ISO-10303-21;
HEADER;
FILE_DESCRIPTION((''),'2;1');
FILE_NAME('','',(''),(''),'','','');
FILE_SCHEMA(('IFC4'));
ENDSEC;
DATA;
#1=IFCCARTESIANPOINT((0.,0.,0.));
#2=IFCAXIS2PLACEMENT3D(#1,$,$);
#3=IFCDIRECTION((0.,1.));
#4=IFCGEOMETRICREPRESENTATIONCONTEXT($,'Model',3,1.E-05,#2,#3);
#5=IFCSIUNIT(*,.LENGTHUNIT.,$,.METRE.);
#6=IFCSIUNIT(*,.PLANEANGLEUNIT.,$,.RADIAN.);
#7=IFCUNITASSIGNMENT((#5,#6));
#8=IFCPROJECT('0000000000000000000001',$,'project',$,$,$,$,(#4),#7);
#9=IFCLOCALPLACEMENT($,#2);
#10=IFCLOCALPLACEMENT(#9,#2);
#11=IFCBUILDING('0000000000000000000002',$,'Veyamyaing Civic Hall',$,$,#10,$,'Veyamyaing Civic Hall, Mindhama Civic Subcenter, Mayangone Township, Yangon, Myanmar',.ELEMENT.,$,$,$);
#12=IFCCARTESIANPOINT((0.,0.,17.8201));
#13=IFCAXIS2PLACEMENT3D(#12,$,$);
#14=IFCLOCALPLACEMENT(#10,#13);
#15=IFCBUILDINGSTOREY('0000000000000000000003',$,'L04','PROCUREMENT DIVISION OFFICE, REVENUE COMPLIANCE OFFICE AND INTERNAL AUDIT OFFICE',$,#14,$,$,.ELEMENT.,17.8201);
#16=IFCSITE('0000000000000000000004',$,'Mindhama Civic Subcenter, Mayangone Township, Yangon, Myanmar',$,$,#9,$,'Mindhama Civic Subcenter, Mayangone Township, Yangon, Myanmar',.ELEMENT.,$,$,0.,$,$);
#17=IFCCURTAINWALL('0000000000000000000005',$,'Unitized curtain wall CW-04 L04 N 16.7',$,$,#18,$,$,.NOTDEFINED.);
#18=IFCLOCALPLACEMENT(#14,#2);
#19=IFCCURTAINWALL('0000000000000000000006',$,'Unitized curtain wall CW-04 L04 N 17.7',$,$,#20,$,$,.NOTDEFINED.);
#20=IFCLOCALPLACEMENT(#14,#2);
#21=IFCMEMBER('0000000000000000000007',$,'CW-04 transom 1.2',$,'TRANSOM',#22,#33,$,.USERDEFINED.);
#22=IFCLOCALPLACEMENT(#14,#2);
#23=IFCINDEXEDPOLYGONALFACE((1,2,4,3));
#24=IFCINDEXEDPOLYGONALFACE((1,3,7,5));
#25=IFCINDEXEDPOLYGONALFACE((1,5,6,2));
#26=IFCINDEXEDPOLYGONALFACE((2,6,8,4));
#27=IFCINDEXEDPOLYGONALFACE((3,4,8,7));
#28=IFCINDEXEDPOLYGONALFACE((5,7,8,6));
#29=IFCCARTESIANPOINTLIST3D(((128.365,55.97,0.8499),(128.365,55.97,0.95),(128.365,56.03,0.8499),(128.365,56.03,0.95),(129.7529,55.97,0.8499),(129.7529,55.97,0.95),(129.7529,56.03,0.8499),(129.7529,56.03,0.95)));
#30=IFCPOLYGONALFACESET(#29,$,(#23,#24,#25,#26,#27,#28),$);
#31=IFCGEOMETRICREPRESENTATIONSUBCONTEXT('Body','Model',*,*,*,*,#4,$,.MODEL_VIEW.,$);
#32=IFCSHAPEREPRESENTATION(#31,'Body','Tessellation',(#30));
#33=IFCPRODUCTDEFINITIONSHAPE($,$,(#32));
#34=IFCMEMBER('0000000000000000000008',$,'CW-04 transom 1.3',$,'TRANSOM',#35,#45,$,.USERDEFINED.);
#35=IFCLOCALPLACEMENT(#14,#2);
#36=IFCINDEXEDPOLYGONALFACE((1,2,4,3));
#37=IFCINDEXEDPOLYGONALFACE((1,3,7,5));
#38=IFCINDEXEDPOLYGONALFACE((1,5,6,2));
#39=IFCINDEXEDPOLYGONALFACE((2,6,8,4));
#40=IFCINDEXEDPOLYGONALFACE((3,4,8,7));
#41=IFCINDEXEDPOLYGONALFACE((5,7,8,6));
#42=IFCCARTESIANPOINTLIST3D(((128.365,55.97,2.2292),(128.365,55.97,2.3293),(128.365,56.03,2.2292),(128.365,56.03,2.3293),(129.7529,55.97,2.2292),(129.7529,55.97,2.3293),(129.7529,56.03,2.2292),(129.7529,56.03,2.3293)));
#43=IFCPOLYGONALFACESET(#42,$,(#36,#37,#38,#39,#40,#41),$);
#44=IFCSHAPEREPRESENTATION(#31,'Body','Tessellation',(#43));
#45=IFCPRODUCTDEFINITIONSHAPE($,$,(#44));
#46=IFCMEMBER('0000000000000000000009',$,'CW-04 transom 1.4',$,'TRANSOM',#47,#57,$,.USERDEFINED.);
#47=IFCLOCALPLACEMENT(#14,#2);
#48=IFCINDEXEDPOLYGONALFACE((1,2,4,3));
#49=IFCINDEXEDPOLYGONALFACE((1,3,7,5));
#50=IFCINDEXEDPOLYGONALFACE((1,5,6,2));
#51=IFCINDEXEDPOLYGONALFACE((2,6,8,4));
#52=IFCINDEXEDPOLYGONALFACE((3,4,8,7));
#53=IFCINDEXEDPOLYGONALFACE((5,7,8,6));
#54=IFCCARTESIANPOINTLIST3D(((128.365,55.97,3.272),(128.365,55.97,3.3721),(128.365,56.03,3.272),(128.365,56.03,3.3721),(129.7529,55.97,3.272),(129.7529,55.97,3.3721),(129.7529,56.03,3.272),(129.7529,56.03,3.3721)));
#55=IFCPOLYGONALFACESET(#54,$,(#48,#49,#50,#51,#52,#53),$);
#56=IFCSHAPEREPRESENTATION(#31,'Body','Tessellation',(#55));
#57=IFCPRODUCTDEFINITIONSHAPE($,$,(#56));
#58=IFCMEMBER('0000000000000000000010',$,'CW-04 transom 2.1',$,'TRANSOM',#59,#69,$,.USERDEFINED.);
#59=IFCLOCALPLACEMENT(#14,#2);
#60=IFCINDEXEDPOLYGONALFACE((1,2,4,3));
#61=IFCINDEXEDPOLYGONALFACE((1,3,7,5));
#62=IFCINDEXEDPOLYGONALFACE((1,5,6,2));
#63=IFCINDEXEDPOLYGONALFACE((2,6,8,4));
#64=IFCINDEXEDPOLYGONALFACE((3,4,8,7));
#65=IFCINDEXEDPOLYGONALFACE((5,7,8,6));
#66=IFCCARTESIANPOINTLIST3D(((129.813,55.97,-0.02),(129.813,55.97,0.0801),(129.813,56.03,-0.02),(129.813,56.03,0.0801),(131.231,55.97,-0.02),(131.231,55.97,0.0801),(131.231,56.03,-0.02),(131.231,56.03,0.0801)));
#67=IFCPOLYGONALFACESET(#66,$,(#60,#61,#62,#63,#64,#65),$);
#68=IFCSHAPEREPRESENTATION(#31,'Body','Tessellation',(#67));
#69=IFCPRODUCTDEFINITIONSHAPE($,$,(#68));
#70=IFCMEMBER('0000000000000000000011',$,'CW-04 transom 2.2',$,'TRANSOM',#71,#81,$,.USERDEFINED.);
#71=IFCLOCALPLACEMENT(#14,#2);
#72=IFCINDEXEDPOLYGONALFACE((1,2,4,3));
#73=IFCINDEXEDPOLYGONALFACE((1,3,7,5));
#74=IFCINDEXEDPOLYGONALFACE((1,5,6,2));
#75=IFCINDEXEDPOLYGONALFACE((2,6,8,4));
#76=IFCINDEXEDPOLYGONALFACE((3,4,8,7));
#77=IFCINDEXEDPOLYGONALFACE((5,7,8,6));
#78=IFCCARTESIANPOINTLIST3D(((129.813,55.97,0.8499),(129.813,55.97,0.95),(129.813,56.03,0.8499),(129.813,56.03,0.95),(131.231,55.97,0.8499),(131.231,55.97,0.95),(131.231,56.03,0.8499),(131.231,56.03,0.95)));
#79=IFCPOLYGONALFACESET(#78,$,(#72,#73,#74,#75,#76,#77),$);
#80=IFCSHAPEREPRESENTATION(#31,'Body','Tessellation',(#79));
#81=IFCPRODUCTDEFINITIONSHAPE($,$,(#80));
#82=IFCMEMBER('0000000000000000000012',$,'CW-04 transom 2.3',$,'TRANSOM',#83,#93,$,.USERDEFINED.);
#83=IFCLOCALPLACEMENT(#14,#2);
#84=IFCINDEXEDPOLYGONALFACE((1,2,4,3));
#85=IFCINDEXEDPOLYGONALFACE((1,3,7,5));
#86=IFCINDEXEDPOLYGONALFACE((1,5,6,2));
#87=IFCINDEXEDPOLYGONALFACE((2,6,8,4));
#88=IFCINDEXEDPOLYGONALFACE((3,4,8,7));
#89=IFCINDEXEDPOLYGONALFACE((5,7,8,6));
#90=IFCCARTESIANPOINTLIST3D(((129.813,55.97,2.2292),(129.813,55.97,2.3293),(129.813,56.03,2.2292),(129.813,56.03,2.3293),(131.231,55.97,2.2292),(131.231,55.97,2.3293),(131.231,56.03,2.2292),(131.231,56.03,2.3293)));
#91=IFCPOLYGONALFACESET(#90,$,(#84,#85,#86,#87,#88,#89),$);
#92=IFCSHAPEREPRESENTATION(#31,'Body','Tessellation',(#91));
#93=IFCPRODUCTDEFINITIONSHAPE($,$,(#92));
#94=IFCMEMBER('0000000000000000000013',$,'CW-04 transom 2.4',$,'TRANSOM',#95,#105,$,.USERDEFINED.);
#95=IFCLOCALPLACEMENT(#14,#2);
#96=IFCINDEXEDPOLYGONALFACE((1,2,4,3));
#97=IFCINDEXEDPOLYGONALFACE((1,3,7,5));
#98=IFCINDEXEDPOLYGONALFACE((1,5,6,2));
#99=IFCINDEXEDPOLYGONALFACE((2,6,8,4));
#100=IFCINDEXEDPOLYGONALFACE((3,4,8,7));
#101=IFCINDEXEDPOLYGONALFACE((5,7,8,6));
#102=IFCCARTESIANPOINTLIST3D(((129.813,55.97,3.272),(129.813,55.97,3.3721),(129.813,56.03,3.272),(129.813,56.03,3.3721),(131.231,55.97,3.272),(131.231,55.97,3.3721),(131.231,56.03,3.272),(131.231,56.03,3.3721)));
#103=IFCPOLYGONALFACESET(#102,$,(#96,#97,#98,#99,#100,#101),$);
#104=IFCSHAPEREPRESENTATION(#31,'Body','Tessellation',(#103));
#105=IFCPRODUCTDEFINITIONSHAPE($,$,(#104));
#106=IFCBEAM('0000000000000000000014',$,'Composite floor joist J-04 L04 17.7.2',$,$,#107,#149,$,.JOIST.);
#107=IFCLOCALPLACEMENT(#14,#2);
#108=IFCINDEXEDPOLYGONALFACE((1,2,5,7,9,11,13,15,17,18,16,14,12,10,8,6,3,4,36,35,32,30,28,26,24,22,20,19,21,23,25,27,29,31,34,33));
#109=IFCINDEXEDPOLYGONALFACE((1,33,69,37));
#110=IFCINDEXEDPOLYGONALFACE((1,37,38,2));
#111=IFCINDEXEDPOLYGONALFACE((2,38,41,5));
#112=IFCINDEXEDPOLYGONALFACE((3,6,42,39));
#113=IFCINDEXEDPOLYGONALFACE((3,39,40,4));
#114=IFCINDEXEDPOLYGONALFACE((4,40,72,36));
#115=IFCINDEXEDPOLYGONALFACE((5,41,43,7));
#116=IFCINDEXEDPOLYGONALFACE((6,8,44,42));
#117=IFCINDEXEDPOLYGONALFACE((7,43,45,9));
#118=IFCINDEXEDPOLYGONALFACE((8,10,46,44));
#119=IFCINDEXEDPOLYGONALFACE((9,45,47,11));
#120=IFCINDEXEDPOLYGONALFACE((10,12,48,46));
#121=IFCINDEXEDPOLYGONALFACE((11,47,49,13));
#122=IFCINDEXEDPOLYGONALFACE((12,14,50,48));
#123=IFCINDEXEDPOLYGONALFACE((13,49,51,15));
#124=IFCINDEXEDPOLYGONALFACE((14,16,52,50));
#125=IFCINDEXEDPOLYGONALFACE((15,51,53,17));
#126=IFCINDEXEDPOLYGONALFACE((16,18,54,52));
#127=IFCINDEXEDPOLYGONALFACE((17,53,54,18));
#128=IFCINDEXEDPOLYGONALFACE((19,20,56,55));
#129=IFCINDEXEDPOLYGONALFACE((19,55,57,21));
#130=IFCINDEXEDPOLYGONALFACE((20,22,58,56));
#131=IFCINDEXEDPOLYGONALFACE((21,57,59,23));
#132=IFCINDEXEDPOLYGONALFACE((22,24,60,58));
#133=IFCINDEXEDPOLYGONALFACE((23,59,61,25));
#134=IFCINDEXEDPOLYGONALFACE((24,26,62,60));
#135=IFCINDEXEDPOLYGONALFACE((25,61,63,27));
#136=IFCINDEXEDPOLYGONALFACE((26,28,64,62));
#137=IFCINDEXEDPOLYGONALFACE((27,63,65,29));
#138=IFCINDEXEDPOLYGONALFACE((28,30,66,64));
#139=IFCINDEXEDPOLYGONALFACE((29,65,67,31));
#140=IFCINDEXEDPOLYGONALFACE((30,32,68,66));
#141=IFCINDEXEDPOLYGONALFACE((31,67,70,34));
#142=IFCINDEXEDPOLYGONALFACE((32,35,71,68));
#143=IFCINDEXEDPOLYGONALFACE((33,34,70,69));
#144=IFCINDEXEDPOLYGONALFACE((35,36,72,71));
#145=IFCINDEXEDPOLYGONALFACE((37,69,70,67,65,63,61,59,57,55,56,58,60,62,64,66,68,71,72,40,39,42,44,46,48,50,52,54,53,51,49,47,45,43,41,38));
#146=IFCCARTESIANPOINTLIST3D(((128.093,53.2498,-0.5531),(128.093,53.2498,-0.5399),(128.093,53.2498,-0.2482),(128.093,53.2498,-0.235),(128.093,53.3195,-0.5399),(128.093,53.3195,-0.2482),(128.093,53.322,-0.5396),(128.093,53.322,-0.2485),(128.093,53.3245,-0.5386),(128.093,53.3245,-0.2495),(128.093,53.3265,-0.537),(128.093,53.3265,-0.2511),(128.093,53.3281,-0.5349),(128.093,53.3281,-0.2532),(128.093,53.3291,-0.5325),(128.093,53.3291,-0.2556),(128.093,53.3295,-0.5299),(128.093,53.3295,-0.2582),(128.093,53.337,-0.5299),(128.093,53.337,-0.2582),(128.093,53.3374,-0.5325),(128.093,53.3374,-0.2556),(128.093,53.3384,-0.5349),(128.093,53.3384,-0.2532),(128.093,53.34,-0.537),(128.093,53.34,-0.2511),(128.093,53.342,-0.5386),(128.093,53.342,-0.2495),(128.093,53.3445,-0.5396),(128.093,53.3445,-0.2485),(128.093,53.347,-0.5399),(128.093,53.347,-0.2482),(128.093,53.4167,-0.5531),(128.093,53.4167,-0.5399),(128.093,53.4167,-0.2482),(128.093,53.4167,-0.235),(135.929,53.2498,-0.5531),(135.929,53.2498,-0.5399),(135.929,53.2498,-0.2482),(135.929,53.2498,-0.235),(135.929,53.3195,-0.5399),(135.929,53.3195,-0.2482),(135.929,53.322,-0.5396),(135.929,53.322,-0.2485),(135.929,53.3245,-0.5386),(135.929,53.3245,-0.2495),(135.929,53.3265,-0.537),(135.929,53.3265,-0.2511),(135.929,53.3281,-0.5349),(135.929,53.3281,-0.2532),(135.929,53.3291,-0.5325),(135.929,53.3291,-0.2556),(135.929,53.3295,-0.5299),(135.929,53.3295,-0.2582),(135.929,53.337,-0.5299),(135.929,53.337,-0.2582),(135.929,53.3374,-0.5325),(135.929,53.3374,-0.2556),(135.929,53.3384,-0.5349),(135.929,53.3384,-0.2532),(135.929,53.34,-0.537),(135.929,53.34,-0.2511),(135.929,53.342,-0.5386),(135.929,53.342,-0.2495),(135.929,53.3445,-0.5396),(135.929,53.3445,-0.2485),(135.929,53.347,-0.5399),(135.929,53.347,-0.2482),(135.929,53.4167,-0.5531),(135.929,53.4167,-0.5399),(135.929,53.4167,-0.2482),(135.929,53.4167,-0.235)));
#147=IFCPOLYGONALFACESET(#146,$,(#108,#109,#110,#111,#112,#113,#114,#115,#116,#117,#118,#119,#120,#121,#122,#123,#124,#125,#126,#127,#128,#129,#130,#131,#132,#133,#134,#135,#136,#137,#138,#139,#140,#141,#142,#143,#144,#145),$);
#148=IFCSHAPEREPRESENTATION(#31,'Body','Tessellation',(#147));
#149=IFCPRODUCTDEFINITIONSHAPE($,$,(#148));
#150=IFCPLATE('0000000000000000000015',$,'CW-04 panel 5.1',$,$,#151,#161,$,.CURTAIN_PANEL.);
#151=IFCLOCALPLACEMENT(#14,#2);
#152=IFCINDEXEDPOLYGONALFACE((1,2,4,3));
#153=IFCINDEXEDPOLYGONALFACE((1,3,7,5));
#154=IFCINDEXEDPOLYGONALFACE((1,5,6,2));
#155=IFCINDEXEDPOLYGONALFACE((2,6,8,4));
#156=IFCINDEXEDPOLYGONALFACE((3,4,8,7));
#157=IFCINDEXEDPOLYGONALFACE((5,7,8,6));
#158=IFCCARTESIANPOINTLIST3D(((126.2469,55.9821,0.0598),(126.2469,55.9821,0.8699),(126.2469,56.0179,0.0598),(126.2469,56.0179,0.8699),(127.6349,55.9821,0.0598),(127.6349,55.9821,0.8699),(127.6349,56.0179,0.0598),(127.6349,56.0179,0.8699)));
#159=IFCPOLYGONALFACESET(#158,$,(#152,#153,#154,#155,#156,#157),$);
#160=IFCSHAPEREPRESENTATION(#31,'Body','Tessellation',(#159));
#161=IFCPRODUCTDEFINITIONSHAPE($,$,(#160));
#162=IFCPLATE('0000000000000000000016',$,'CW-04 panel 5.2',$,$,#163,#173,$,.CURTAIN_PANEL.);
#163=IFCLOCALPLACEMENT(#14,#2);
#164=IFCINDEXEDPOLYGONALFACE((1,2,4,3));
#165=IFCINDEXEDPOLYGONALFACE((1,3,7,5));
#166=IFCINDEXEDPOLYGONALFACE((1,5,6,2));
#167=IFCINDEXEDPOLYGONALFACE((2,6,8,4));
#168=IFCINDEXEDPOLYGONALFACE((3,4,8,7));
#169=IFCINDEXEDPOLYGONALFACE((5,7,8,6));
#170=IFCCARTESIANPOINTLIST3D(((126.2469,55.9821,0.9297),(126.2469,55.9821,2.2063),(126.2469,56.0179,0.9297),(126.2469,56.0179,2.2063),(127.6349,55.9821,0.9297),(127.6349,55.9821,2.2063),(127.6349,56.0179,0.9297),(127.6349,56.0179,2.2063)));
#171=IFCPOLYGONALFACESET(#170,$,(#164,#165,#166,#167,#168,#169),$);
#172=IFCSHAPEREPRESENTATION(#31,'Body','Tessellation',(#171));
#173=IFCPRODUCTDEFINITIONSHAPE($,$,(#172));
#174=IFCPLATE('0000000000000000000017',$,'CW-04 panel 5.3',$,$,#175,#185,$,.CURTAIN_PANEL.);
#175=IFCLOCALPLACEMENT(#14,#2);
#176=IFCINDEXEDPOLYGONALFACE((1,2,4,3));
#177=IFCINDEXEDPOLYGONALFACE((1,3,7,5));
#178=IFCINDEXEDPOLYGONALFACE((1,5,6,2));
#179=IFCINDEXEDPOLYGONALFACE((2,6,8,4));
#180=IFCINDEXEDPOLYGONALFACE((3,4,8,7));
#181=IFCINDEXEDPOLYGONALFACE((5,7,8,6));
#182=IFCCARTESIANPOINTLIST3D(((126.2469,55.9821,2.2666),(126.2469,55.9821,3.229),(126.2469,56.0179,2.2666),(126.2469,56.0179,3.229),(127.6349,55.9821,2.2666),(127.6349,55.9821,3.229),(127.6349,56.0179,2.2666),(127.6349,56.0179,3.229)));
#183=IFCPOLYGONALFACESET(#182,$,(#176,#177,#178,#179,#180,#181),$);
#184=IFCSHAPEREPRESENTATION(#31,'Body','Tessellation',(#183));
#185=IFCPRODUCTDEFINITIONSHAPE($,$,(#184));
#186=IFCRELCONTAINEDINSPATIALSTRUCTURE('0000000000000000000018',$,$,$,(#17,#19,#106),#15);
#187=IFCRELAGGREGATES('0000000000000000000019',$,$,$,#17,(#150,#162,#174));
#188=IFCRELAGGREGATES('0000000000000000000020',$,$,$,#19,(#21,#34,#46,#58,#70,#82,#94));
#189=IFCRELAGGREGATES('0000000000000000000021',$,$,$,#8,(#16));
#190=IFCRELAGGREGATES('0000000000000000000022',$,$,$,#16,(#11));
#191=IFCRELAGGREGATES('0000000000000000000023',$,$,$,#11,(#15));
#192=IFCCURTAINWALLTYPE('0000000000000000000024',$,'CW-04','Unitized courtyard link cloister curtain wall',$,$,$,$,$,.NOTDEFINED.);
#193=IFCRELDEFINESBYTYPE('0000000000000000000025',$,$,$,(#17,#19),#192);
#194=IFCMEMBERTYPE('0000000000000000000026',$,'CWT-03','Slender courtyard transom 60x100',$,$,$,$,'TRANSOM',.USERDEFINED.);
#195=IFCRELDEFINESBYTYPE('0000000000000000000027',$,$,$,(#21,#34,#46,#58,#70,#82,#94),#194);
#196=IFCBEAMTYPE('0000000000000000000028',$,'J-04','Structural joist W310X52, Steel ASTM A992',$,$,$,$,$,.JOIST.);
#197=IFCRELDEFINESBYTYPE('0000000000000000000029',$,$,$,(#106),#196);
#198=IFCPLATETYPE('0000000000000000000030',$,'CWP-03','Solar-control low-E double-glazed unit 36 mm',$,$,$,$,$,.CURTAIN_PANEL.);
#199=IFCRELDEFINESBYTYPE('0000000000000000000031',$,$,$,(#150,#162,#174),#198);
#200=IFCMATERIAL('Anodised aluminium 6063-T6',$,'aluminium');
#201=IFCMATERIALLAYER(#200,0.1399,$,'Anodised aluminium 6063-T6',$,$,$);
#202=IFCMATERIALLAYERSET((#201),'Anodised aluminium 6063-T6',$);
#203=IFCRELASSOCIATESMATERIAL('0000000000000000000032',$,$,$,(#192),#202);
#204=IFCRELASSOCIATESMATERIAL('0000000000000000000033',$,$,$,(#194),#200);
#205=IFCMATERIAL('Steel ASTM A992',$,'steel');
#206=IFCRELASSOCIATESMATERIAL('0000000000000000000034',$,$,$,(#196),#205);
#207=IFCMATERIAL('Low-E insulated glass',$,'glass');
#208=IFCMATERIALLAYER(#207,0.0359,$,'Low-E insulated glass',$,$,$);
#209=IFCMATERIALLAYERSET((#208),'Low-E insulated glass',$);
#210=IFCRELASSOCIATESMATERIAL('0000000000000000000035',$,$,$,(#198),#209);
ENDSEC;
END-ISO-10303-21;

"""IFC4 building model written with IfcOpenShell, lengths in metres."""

from ifc_helpers import new_model, si_unit, direction, frame, origin, origin_2d, place, context, subcontext, project, spatial, rectangle, i_section, extrude, material, layer, layer_set, material_profile, profile_set, type_object, element, aggregate, save


model = new_model("IFC4")

# Units and contexts
model_context = context("Model", 3, precision=1e-05, world=origin(), true_north=direction((0.0, 1.0)))
body_context = subcontext(model_context, "Body", "Model", "MODEL_VIEW")
ifc_project = project(units=[si_unit("LENGTHUNIT", "METRE"), si_unit("PLANEANGLEUNIT", "RADIAN")], contexts=[model_context])

# Site, building, storey
site_placement = place(None, origin())
site = spatial("IfcSite", under=ifc_project, at=site_placement, Name="Mindhama Civic Subcenter, Mayangone Township, Yangon, Myanmar", LongName="Mindhama Civic Subcenter, Mayangone Township, Yangon, Myanmar", CompositionType="ELEMENT", RefElevation=0.0)
building_placement = place(site_placement, origin())
building = spatial("IfcBuilding", under=site, at=building_placement, Name="Veyamyaing Civic Hall", LongName="Veyamyaing Civic Hall, Mindhama Civic Subcenter, Mayangone Township, Yangon, Myanmar", CompositionType="ELEMENT")
storey_placement = place(building_placement, frame((0.0, 0.0, 17.8201)))
storey = spatial("IfcBuildingStorey", under=building, at=storey_placement, Name="L04", Description="PROCUREMENT DIVISION OFFICE, REVENUE COMPLIANCE OFFICE AND INTERNAL AUDIT OFFICE", CompositionType="ELEMENT", Elevation=17.8201)

# Shared definitions
ifc_material_1 = material(Name="Steel ASTM A992", Category="steel")

# Curtain wall
ifc_material_2 = material(Name="Anodised aluminium 6063-T6", Category="aluminium")
ifc_layer_1 = layer(ifc_material_2, 0.1399, Name="Anodised aluminium 6063-T6")
ifc_layer_set_1 = layer_set([ifc_layer_1], Name="Anodised aluminium 6063-T6")
curtain_wall_type = type_object("IfcCurtainWallType", Name="CW-04", Description="Unitized courtyard link cloister curtain wall", PredefinedType="NOTDEFINED", material=ifc_layer_set_1)
curtain_wall_1_placement = place(storey_placement, origin())
curtain_wall_1 = element("IfcCurtainWall", 1, at=curtain_wall_1_placement, inside=storey, type_object=curtain_wall_type, Name="Unitized curtain wall CW-04 L04 N 16.7", PredefinedType="NOTDEFINED")

# Curtain wall
curtain_wall_2_placement = place(storey_placement, origin())
curtain_wall_2 = element("IfcCurtainWall", 2, at=curtain_wall_2_placement, inside=storey, type_object=curtain_wall_type, Name="Unitized curtain wall CW-04 L04 N 17.7", PredefinedType="NOTDEFINED")

# Members
ifc_material_profile_1 = material_profile(ifc_material_2, rectangle(XDim=0.0601, YDim=0.1001, at=origin_2d()), Name="ALU-TRN-60X100")
ifc_profile_set_1 = profile_set([ifc_material_profile_1], Name="Anodised aluminium 6063-T6")
member_type_1 = type_object("IfcMemberType", Name="CWT-03", Description="Slender courtyard transom 60x100", ElementType="TRANSOM", PredefinedType="USERDEFINED", material=ifc_profile_set_1)
member_1_placement = place(storey_placement, frame((128.365, 56.0, 0.8999), z_axis=(1.0, 0.0, 0.0), x_axis=(0.0, 1.0, 0.0)))
member_1 = element("IfcMember", 3, at=member_1_placement, type_object=member_type_1, Name="CW-04 transom 1.2", ObjectType="TRANSOM", PredefinedType="USERDEFINED", context=body_context, shape_type="SweptSolid", body=[
    extrude(rectangle(XDim=0.0601, YDim=0.1001, at=origin_2d()), origin(), (0.0, 0.0, 1.0), 1.3879),
])
member_2_placement = place(storey_placement, frame((128.365, 56.0, 2.2793), z_axis=(1.0, 0.0, 0.0), x_axis=(0.0, 1.0, 0.0)))
member_2 = element("IfcMember", 4, at=member_2_placement, type_object=member_type_1, Name="CW-04 transom 1.3", ObjectType="TRANSOM", PredefinedType="USERDEFINED", context=body_context, shape_type="SweptSolid", body=[
    extrude(rectangle(XDim=0.0601, YDim=0.1001, at=origin_2d()), origin(), (0.0, 0.0, 1.0), 1.3879),
])
member_3_placement = place(storey_placement, frame((128.365, 56.0, 3.322), z_axis=(1.0, 0.0, 0.0), x_axis=(0.0, 1.0, 0.0)))
member_3 = element("IfcMember", 5, at=member_3_placement, type_object=member_type_1, Name="CW-04 transom 1.4", ObjectType="TRANSOM", PredefinedType="USERDEFINED", context=body_context, shape_type="SweptSolid", body=[
    extrude(rectangle(XDim=0.0601, YDim=0.1001, at=origin_2d()), origin(), (0.0, 0.0, 1.0), 1.3879),
])
member_4_placement = place(storey_placement, frame((129.813, 56.0, 0.03), z_axis=(1.0, 0.0, 0.0), x_axis=(0.0, 1.0, 0.0)))
member_4 = element("IfcMember", 6, at=member_4_placement, type_object=member_type_1, Name="CW-04 transom 2.1", ObjectType="TRANSOM", PredefinedType="USERDEFINED", context=body_context, shape_type="SweptSolid", body=[
    extrude(rectangle(XDim=0.0601, YDim=0.1001, at=origin_2d()), origin(), (0.0, 0.0, 1.0), 1.418),
])
member_5_placement = place(storey_placement, frame((129.813, 56.0, 0.8999), z_axis=(1.0, 0.0, 0.0), x_axis=(0.0, 1.0, 0.0)))
member_5 = element("IfcMember", 7, at=member_5_placement, type_object=member_type_1, Name="CW-04 transom 2.2", ObjectType="TRANSOM", PredefinedType="USERDEFINED", context=body_context, shape_type="SweptSolid", body=[
    extrude(rectangle(XDim=0.0601, YDim=0.1001, at=origin_2d()), origin(), (0.0, 0.0, 1.0), 1.418),
])
member_6_placement = place(storey_placement, frame((129.813, 56.0, 2.2793), z_axis=(1.0, 0.0, 0.0), x_axis=(0.0, 1.0, 0.0)))
member_6 = element("IfcMember", 8, at=member_6_placement, type_object=member_type_1, Name="CW-04 transom 2.3", ObjectType="TRANSOM", PredefinedType="USERDEFINED", context=body_context, shape_type="SweptSolid", body=[
    extrude(rectangle(XDim=0.0601, YDim=0.1001, at=origin_2d()), origin(), (0.0, 0.0, 1.0), 1.418),
])
member_7_placement = place(storey_placement, frame((129.813, 56.0, 3.322), z_axis=(1.0, 0.0, 0.0), x_axis=(0.0, 1.0, 0.0)))
member_7 = element("IfcMember", 9, at=member_7_placement, type_object=member_type_1, Name="CW-04 transom 2.4", ObjectType="TRANSOM", PredefinedType="USERDEFINED", context=body_context, shape_type="SweptSolid", body=[
    extrude(rectangle(XDim=0.0601, YDim=0.1001, at=origin_2d()), origin(), (0.0, 0.0, 1.0), 1.418),
])

# Beam
ifc_material_profile_2 = material_profile(ifc_material_1, i_section(OverallWidth=0.167, OverallDepth=0.3181, WebThickness=0.0076, FlangeThickness=0.0132, FilletRadius=0.01, at=origin_2d()), Name="W310X52")
ifc_profile_set_2 = profile_set([ifc_material_profile_2], Name="Steel ASTM A992")
beam_type_1 = type_object("IfcBeamType", Name="J-04", Description="Structural joist W310X52, Steel ASTM A992", PredefinedType="JOIST", material=ifc_profile_set_2)
beam_1_placement = place(storey_placement, frame((128.093, 53.3333, -0.394), z_axis=(1.0, 0.0, 0.0), x_axis=(0.0, 1.0, 0.0)))
element("IfcBeam", 10, at=beam_1_placement, inside=storey, type_object=beam_type_1, Name="Composite floor joist J-04 L04 17.7.2", PredefinedType="JOIST", context=body_context, shape_type="SweptSolid", body=[
    extrude(i_section(OverallWidth=0.167, OverallDepth=0.3181, WebThickness=0.0076, FlangeThickness=0.0132, FilletRadius=0.01, at=origin_2d()), origin(), (0.0, 0.0, 1.0), 7.8359),
])

# Plates
ifc_material_3 = material(Name="Low-E insulated glass", Category="glass")
ifc_layer_2 = layer(ifc_material_3, 0.0359, Name="Low-E insulated glass")
ifc_layer_set_2 = layer_set([ifc_layer_2], Name="Low-E insulated glass")
plate_type_1 = type_object("IfcPlateType", Name="CWP-03", Description="Solar-control low-E double-glazed unit 36 mm", PredefinedType="CURTAIN_PANEL", material=ifc_layer_set_2)
plate_1_placement = place(storey_placement, frame((126.9409, 56.0, 0.0598), z_axis=(0.0, 0.0, 1.0), x_axis=(1.0, 0.0, 0.0)))
plate_1 = element("IfcPlate", 11, at=plate_1_placement, type_object=plate_type_1, Name="CW-04 panel 5.1", PredefinedType="CURTAIN_PANEL", context=body_context, shape_type="SweptSolid", body=[
    extrude(rectangle(XDim=1.3879, YDim=0.0359, at=origin_2d()), origin(), (0.0, 0.0, 1.0), 0.8101),
])
plate_2_placement = place(storey_placement, frame((126.9409, 56.0, 0.9297), z_axis=(0.0, 0.0, 1.0), x_axis=(1.0, 0.0, 0.0)))
plate_2 = element("IfcPlate", 12, at=plate_2_placement, type_object=plate_type_1, Name="CW-04 panel 5.2", PredefinedType="CURTAIN_PANEL", context=body_context, shape_type="SweptSolid", body=[
    extrude(rectangle(XDim=1.3879, YDim=0.0359, at=origin_2d()), origin(), (0.0, 0.0, 1.0), 1.2766),
])
plate_3_placement = place(storey_placement, frame((126.9409, 56.0, 2.2666), z_axis=(0.0, 0.0, 1.0), x_axis=(1.0, 0.0, 0.0)))
plate_3 = element("IfcPlate", 13, at=plate_3_placement, type_object=plate_type_1, Name="CW-04 panel 5.3", PredefinedType="CURTAIN_PANEL", context=body_context, shape_type="SweptSolid", body=[
    extrude(rectangle(XDim=1.3879, YDim=0.0359, at=origin_2d()), origin(), (0.0, 0.0, 1.0), 0.9624),
])
aggregate(curtain_wall_1, [plate_1, plate_2, plate_3])
aggregate(curtain_wall_2, [member_1, member_2, member_3, member_4, member_5, member_6, member_7])

save(model, "model.ifc")
